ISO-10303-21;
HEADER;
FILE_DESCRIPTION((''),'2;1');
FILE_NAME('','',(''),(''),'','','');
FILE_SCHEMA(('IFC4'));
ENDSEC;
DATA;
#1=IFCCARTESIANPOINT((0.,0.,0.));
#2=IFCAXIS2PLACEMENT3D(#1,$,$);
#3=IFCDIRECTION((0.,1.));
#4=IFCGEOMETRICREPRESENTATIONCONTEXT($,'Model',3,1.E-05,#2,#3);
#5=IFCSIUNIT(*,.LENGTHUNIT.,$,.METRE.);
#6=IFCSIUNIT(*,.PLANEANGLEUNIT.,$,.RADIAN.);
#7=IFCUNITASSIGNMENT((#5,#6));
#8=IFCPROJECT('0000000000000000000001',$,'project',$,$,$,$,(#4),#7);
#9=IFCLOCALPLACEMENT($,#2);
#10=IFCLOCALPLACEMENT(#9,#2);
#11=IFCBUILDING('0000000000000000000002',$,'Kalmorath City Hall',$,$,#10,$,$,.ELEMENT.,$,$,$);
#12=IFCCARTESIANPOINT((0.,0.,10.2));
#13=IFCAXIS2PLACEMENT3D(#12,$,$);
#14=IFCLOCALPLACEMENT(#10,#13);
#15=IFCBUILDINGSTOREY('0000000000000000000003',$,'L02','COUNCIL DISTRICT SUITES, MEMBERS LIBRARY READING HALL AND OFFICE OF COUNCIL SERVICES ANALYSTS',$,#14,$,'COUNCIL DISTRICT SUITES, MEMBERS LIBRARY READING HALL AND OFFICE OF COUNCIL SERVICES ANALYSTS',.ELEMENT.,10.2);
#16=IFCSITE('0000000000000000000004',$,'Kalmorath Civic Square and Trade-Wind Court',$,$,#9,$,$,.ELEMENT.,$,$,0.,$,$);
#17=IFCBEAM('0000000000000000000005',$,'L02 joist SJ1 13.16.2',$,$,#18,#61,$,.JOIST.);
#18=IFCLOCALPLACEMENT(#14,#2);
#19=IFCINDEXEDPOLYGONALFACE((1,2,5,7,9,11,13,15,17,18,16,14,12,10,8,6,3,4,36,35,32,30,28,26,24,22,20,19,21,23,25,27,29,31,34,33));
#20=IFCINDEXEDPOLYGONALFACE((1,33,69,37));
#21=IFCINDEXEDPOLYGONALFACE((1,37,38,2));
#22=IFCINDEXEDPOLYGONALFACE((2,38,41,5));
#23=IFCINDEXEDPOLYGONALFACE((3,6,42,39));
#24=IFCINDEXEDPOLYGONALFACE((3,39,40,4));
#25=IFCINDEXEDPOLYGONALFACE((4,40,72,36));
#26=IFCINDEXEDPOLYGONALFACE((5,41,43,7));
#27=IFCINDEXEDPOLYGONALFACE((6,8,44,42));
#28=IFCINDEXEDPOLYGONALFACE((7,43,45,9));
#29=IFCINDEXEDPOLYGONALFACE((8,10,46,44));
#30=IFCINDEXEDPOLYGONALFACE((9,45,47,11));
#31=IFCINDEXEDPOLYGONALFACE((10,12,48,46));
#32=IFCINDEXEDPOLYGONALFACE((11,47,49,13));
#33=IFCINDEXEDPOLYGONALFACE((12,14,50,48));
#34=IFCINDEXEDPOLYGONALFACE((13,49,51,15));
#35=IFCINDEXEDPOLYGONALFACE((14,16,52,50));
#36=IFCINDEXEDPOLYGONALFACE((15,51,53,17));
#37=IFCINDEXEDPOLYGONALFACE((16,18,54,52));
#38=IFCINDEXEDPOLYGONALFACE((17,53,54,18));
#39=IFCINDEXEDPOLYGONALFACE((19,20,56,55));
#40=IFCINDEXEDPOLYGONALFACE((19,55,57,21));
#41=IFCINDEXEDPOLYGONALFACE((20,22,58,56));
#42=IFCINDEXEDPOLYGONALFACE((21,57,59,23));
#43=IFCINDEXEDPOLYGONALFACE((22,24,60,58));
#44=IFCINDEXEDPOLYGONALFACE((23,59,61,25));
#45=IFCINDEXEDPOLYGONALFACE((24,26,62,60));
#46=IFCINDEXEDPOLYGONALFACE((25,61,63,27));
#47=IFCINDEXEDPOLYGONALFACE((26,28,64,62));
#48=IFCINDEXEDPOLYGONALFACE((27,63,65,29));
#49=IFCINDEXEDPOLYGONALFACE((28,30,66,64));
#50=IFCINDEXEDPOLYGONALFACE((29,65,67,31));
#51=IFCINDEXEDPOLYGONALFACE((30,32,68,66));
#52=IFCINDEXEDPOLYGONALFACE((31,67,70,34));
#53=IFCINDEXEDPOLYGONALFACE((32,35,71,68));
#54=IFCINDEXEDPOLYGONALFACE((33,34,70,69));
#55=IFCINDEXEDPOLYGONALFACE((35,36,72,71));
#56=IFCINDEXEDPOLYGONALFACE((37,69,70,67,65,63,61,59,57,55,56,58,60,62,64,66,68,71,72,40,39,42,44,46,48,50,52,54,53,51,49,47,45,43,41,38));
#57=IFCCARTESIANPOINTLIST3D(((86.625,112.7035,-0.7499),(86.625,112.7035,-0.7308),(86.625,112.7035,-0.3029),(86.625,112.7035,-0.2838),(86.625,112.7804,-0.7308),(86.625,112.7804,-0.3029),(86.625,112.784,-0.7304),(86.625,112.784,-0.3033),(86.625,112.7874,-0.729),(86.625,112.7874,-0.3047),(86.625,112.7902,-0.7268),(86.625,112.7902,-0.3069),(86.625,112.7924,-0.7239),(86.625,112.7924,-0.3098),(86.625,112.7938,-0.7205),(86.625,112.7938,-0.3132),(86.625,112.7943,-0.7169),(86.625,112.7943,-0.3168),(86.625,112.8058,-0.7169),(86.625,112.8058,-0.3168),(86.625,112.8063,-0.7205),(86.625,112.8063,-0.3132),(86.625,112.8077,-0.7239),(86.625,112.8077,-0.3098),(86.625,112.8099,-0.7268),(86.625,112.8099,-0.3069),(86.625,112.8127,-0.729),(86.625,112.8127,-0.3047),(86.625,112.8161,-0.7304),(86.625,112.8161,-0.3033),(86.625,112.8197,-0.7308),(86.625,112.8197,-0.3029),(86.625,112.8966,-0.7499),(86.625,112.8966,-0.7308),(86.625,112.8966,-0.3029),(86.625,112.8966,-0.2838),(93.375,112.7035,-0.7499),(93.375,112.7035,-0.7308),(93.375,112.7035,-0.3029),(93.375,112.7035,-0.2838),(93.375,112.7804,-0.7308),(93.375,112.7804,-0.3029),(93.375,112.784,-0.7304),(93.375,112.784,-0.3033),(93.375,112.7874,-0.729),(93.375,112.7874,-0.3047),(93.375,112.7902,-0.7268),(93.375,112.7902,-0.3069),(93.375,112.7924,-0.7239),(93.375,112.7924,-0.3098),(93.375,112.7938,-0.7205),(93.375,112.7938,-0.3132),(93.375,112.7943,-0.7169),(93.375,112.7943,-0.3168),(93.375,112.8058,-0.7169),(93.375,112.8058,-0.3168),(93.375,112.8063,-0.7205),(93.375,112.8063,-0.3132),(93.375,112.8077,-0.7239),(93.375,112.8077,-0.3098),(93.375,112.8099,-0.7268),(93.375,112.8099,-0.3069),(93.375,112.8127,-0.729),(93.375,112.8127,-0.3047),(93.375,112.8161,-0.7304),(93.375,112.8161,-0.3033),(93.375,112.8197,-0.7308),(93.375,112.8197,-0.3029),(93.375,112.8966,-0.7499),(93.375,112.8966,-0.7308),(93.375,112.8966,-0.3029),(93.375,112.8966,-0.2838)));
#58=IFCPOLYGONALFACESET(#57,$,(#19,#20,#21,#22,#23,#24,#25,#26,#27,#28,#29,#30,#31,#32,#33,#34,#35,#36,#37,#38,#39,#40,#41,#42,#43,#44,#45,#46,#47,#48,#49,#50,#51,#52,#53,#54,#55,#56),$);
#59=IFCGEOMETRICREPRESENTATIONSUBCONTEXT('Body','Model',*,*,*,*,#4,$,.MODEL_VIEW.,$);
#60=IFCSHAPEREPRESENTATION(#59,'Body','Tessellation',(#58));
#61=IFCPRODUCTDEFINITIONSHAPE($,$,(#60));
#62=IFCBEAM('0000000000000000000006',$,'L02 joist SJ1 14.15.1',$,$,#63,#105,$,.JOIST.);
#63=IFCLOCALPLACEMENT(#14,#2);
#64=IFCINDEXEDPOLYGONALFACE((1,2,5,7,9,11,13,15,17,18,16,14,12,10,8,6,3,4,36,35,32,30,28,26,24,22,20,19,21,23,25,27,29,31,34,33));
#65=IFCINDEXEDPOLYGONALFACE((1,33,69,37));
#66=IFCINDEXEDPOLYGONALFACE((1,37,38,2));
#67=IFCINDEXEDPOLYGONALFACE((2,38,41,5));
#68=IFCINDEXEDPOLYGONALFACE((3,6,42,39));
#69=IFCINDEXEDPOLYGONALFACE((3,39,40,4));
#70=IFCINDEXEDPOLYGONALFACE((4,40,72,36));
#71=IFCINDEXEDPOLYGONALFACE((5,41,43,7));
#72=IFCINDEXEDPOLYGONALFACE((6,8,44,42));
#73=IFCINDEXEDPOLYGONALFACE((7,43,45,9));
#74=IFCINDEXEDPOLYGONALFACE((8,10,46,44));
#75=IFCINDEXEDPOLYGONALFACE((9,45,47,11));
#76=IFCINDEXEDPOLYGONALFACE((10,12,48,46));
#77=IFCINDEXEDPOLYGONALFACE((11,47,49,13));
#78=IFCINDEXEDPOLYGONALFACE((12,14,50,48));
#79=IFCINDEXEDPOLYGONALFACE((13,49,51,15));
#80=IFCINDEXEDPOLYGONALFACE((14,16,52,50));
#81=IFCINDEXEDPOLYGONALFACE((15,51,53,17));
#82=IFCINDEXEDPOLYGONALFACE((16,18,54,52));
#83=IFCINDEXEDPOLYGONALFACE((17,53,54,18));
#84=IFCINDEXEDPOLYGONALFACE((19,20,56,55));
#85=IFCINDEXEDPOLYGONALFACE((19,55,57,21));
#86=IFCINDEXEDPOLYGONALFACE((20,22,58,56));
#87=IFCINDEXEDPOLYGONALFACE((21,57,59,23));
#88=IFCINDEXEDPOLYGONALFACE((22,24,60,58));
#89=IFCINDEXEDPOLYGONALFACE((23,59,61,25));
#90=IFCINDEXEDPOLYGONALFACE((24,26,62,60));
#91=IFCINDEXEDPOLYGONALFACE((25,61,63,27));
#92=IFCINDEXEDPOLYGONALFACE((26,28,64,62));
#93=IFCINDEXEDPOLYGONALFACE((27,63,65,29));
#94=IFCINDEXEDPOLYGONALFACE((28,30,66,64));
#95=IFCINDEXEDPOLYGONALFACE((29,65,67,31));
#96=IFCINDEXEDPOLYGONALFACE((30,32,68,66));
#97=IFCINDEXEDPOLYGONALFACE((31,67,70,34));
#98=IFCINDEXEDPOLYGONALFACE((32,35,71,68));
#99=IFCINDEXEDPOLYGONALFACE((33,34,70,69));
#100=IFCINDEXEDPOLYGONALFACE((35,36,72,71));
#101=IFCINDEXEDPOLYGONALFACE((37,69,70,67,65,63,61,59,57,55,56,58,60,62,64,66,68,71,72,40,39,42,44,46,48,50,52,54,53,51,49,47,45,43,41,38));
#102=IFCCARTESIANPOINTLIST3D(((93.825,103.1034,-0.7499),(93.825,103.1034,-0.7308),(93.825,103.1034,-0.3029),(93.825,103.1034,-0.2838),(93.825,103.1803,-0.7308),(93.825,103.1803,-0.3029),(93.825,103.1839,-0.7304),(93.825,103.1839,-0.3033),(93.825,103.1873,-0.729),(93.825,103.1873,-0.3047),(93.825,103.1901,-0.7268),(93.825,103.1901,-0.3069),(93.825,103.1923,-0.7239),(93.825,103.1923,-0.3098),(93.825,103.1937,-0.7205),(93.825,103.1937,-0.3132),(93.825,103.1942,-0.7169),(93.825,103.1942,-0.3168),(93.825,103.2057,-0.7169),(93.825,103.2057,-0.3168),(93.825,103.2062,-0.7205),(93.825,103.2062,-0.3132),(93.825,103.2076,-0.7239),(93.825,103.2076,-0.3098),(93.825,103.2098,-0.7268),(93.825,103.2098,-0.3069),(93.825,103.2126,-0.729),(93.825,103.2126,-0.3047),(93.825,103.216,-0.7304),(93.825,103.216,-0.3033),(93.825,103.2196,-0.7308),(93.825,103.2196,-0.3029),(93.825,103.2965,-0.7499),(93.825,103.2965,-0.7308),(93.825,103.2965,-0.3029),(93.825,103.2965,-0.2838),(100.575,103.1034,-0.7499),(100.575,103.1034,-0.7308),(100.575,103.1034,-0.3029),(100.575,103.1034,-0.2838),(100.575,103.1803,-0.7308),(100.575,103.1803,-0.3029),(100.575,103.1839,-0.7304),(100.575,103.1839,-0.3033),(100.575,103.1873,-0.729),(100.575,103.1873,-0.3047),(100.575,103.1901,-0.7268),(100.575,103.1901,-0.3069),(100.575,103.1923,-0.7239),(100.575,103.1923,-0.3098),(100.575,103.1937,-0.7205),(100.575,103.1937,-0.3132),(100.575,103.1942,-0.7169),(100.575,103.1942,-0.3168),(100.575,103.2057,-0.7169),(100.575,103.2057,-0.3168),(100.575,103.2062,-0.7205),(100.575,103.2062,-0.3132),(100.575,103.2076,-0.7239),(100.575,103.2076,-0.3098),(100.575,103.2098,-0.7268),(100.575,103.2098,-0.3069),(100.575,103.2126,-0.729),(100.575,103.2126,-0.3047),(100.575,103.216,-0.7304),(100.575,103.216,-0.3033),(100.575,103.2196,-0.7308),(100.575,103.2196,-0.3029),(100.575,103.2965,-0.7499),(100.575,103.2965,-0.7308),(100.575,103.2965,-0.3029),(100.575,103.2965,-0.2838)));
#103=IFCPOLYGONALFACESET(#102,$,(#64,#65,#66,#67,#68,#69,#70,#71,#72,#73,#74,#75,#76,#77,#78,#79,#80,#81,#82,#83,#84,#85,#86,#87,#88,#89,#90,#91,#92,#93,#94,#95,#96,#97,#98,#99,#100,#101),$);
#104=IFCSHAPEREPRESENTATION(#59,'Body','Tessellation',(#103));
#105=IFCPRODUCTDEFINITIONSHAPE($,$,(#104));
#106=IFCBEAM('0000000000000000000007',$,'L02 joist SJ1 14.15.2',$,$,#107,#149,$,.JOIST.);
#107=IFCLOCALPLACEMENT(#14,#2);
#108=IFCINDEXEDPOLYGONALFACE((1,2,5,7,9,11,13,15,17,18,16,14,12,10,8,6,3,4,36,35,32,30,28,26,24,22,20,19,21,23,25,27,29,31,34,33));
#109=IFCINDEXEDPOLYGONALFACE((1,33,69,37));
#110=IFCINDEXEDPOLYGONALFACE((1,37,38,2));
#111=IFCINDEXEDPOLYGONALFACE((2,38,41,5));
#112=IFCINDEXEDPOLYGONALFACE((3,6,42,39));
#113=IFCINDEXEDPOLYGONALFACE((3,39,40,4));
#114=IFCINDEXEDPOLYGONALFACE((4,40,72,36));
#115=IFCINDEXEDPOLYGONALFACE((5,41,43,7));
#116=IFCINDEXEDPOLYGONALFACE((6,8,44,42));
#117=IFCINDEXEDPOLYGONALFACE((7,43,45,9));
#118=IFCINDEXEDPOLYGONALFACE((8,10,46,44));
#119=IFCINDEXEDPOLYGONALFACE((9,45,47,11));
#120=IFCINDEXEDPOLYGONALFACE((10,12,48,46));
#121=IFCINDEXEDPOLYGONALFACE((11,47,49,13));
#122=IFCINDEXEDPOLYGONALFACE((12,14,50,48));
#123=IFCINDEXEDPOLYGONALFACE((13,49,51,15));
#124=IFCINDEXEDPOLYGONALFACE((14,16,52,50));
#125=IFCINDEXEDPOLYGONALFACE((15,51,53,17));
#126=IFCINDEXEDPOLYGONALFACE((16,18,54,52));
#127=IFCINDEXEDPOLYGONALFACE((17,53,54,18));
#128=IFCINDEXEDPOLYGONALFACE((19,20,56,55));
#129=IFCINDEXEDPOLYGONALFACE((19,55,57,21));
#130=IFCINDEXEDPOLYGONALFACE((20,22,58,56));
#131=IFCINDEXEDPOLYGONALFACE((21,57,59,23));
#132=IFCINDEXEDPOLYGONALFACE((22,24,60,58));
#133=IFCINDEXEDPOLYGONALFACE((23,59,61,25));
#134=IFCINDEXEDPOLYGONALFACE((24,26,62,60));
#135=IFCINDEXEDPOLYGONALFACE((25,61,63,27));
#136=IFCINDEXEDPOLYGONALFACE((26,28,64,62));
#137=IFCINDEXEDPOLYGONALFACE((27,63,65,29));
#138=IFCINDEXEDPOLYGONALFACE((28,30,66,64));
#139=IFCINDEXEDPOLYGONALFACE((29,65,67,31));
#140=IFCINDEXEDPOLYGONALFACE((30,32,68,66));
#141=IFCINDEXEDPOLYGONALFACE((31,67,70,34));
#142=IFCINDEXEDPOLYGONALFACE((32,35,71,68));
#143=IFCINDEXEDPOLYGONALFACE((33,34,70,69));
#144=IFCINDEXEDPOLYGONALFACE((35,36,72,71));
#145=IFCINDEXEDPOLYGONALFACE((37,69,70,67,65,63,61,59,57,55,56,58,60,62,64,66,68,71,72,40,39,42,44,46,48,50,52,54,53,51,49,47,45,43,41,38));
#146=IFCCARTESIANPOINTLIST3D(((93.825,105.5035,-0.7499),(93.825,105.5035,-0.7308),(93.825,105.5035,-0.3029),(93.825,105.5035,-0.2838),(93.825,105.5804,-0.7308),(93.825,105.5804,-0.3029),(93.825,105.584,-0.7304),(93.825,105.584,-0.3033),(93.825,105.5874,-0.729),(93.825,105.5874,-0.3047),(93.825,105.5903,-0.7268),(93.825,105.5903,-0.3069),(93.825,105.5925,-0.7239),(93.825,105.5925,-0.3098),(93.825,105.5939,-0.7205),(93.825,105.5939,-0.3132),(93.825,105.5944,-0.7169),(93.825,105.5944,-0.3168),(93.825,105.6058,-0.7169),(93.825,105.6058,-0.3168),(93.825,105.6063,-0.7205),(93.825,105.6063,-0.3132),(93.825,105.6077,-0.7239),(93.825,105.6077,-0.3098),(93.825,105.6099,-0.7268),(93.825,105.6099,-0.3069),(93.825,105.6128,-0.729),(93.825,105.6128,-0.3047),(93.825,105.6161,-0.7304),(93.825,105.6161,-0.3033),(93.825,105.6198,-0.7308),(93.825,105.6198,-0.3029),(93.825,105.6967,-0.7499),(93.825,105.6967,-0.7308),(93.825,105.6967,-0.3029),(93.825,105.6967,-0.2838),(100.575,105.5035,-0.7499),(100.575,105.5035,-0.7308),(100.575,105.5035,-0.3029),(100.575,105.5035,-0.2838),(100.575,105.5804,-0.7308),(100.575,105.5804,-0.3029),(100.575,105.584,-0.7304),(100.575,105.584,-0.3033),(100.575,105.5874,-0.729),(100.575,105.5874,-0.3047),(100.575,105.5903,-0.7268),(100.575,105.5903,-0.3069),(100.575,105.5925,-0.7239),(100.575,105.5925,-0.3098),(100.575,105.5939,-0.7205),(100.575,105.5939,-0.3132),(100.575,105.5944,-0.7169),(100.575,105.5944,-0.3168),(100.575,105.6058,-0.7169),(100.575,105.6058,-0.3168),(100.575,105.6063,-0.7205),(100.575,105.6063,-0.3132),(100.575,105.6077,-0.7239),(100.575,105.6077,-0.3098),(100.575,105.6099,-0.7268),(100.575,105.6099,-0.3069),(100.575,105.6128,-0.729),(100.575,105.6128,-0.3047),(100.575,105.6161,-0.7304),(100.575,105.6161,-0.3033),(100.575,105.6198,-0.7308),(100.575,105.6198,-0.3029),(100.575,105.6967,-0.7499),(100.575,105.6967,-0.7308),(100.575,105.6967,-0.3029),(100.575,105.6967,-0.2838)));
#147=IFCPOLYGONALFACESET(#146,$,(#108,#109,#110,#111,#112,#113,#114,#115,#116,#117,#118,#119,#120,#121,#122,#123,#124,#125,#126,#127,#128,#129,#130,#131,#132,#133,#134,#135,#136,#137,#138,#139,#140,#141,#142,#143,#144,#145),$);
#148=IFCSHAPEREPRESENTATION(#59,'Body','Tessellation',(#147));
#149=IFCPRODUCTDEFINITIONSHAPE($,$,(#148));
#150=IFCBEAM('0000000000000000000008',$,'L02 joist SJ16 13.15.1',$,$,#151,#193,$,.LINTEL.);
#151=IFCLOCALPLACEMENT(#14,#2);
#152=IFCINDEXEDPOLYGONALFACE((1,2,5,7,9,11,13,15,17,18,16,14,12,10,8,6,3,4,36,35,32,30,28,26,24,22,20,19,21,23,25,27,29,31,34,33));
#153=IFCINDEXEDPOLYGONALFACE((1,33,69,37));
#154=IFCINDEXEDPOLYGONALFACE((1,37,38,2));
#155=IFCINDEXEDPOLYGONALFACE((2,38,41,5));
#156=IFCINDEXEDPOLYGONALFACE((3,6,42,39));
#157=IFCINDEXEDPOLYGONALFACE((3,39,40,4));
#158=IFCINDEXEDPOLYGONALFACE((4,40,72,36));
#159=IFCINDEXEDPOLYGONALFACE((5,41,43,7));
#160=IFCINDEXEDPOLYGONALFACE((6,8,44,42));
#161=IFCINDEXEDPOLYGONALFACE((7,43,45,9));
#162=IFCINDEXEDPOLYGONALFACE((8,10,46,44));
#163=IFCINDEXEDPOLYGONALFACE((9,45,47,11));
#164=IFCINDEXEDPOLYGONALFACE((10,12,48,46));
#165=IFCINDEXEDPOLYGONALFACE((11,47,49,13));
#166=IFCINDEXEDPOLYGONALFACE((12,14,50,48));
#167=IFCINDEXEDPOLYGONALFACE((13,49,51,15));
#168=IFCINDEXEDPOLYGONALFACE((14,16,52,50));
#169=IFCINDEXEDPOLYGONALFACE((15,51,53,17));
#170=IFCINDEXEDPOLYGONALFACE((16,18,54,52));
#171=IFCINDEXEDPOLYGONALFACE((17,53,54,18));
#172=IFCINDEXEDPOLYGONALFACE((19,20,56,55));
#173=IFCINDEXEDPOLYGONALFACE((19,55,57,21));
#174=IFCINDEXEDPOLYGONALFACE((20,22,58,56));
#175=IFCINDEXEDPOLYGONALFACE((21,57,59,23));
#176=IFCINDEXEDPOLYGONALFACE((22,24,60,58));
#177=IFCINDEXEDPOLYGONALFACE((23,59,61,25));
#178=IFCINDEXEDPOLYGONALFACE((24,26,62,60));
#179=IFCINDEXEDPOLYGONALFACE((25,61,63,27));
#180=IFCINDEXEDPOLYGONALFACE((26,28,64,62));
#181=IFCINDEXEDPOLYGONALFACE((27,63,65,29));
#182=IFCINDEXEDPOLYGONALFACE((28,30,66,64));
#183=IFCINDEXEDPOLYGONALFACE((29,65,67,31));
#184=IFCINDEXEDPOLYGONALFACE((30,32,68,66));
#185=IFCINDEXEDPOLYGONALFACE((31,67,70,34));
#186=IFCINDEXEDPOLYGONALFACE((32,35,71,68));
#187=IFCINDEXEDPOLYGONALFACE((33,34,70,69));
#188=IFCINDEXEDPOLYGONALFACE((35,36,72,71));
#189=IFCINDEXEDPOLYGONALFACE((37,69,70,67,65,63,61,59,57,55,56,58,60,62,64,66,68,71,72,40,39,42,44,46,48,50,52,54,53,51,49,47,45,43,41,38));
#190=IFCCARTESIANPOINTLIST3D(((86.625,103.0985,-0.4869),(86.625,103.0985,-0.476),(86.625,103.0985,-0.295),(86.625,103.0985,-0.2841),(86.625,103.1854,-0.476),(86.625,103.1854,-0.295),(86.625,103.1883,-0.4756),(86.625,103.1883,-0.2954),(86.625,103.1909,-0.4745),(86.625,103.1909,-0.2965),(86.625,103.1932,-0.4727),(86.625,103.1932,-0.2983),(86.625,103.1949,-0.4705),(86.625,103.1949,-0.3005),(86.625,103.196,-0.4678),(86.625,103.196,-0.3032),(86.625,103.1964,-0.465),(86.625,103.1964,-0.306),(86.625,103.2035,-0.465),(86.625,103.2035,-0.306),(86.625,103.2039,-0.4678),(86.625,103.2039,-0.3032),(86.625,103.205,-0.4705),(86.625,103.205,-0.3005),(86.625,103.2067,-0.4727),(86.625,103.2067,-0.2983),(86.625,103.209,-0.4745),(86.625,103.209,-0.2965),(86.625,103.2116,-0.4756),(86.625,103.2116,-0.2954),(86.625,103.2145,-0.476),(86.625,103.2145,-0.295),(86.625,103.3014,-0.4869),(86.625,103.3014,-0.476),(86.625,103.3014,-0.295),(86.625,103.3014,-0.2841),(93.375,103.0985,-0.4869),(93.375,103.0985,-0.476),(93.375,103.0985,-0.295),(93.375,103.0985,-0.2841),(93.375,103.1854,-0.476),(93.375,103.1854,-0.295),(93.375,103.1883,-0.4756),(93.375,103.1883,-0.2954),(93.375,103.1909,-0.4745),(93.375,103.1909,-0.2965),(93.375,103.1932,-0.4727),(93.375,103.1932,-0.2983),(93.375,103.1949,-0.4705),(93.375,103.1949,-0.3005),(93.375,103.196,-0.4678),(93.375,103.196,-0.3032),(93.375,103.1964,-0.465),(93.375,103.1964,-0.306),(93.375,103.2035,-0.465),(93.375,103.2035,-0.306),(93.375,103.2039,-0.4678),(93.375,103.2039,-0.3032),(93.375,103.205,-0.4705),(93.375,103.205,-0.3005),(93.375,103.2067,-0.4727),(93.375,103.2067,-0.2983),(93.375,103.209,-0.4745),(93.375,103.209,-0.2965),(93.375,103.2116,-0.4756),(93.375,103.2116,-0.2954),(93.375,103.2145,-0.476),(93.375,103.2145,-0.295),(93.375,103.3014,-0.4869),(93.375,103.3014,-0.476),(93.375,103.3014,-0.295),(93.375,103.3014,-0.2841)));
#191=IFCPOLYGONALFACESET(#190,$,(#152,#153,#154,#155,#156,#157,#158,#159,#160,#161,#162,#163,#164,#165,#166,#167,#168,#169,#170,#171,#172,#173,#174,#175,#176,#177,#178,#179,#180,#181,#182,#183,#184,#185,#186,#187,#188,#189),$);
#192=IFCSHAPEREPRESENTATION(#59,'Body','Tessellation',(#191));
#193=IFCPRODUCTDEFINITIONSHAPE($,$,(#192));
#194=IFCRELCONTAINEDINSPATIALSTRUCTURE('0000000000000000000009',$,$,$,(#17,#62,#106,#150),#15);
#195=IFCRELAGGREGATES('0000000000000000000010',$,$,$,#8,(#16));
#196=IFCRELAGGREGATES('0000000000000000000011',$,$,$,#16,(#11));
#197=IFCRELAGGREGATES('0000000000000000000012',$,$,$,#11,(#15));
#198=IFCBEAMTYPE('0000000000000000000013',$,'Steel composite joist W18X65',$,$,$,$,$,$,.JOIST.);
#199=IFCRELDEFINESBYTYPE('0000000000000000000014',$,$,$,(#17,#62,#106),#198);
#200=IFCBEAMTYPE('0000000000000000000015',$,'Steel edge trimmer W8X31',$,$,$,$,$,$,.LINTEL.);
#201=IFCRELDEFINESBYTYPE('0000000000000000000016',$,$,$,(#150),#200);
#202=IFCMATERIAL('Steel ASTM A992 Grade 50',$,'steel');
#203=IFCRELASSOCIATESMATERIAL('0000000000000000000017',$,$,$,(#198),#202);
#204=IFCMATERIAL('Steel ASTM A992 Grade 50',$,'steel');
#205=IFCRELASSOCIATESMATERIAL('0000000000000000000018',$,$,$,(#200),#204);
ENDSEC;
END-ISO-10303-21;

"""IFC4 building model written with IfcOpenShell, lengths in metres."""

from ifc_helpers import new_model, si_unit, direction, frame, origin, origin_2d, place, context, subcontext, project, spatial, i_section, extrude, material, material_profile, profile_set, type_object, element, save


model = new_model("IFC4")

# Units and contexts
model_context = context("Model", 3, precision=1e-05, world=origin(), true_north=direction((0.0, 1.0)))
body_context = subcontext(model_context, "Body", "Model", "MODEL_VIEW")
ifc_project = project(units=[si_unit("LENGTHUNIT", "METRE"), si_unit("PLANEANGLEUNIT", "RADIAN")], contexts=[model_context])

# Site, building, storey
site_placement = place(None, origin())
site = spatial("IfcSite", under=ifc_project, at=site_placement, Name="Kalmorath Civic Square and Trade-Wind Court", CompositionType="ELEMENT", RefElevation=0.0)
building_placement = place(site_placement, origin())
building = spatial("IfcBuilding", under=site, at=building_placement, Name="Kalmorath City Hall", CompositionType="ELEMENT")
storey_placement = place(building_placement, frame((0.0, 0.0, 10.2)))
storey = spatial("IfcBuildingStorey", under=building, at=storey_placement, Name="L02", Description="COUNCIL DISTRICT SUITES, MEMBERS LIBRARY READING HALL AND OFFICE OF COUNCIL SERVICES ANALYSTS", LongName="COUNCIL DISTRICT SUITES, MEMBERS LIBRARY READING HALL AND OFFICE OF COUNCIL SERVICES ANALYSTS", CompositionType="ELEMENT", Elevation=10.2)

# Beams
ifc_material_1 = material(Name="Steel ASTM A992 Grade 50", Category="steel")
ifc_material_profile_1 = material_profile(ifc_material_1, i_section(OverallWidth=0.1931, OverallDepth=0.4661, WebThickness=0.0115, FlangeThickness=0.019, FilletRadius=0.0139, at=origin_2d()), Name="W18X65")
ifc_profile_set_1 = profile_set([ifc_material_profile_1], Name="Steel ASTM A992 Grade 50")
beam_type_1 = type_object("IfcBeamType", Name="Steel composite joist W18X65", PredefinedType="JOIST", material=ifc_profile_set_1)
for number, where, z_axis, x_axis, name in (
    (1, (86.625, 112.8, -0.5168), (1.0, 0.0, 0.0), (0.0, 1.0, 0.0), "L02 joist SJ1 13.16.2"),
    (2, (93.825, 103.2, -0.5168), (1.0, 0.0, 0.0), (0.0, 1.0, 0.0), "L02 joist SJ1 14.15.1"),
    (3, (93.825, 105.6001, -0.5168), (1.0, 0.0, 0.0), (0.0, 1.0, 0.0), "L02 joist SJ1 14.15.2"),
):
    element("IfcBeam", number, at=place(storey_placement, frame(where, z_axis=z_axis, x_axis=x_axis)), inside=storey, type_object=beam_type_1, Name=name, PredefinedType="JOIST", context=body_context, shape_type="SweptSolid", body=[
        extrude(i_section(OverallWidth=0.1931, OverallDepth=0.4661, WebThickness=0.0115, FlangeThickness=0.019, FilletRadius=0.0139, at=origin_2d()), origin(), (0.0, 0.0, 1.0), 6.75),
    ])
ifc_material_2 = material(Name="Steel ASTM A992 Grade 50", Category="steel")
ifc_material_profile_2 = material_profile(ifc_material_2, i_section(OverallWidth=0.2029, OverallDepth=0.2029, WebThickness=0.0071, FlangeThickness=0.011, FilletRadius=0.011, at=origin_2d()), Name="W8X31")
ifc_profile_set_2 = profile_set([ifc_material_profile_2], Name="Steel ASTM A992 Grade 50")
beam_type_2 = type_object("IfcBeamType", Name="Steel edge trimmer W8X31", PredefinedType="LINTEL", material=ifc_profile_set_2)
for number, where, z_axis, x_axis, name in (
    (4, (86.625, 103.2, -0.3855), (1.0, 0.0, 0.0), (0.0, 1.0, 0.0), "L02 joist SJ16 13.15.1"),
):
    element("IfcBeam", number, at=place(storey_placement, frame(where, z_axis=z_axis, x_axis=x_axis)), inside=storey, type_object=beam_type_2, Name=name, PredefinedType="LINTEL", context=body_context, shape_type="SweptSolid", body=[
        extrude(i_section(OverallWidth=0.2029, OverallDepth=0.2029, WebThickness=0.0071, FlangeThickness=0.011, FilletRadius=0.011, at=origin_2d()), origin(), (0.0, 0.0, 1.0), 6.75),
    ])

save(model, "model.ifc")
